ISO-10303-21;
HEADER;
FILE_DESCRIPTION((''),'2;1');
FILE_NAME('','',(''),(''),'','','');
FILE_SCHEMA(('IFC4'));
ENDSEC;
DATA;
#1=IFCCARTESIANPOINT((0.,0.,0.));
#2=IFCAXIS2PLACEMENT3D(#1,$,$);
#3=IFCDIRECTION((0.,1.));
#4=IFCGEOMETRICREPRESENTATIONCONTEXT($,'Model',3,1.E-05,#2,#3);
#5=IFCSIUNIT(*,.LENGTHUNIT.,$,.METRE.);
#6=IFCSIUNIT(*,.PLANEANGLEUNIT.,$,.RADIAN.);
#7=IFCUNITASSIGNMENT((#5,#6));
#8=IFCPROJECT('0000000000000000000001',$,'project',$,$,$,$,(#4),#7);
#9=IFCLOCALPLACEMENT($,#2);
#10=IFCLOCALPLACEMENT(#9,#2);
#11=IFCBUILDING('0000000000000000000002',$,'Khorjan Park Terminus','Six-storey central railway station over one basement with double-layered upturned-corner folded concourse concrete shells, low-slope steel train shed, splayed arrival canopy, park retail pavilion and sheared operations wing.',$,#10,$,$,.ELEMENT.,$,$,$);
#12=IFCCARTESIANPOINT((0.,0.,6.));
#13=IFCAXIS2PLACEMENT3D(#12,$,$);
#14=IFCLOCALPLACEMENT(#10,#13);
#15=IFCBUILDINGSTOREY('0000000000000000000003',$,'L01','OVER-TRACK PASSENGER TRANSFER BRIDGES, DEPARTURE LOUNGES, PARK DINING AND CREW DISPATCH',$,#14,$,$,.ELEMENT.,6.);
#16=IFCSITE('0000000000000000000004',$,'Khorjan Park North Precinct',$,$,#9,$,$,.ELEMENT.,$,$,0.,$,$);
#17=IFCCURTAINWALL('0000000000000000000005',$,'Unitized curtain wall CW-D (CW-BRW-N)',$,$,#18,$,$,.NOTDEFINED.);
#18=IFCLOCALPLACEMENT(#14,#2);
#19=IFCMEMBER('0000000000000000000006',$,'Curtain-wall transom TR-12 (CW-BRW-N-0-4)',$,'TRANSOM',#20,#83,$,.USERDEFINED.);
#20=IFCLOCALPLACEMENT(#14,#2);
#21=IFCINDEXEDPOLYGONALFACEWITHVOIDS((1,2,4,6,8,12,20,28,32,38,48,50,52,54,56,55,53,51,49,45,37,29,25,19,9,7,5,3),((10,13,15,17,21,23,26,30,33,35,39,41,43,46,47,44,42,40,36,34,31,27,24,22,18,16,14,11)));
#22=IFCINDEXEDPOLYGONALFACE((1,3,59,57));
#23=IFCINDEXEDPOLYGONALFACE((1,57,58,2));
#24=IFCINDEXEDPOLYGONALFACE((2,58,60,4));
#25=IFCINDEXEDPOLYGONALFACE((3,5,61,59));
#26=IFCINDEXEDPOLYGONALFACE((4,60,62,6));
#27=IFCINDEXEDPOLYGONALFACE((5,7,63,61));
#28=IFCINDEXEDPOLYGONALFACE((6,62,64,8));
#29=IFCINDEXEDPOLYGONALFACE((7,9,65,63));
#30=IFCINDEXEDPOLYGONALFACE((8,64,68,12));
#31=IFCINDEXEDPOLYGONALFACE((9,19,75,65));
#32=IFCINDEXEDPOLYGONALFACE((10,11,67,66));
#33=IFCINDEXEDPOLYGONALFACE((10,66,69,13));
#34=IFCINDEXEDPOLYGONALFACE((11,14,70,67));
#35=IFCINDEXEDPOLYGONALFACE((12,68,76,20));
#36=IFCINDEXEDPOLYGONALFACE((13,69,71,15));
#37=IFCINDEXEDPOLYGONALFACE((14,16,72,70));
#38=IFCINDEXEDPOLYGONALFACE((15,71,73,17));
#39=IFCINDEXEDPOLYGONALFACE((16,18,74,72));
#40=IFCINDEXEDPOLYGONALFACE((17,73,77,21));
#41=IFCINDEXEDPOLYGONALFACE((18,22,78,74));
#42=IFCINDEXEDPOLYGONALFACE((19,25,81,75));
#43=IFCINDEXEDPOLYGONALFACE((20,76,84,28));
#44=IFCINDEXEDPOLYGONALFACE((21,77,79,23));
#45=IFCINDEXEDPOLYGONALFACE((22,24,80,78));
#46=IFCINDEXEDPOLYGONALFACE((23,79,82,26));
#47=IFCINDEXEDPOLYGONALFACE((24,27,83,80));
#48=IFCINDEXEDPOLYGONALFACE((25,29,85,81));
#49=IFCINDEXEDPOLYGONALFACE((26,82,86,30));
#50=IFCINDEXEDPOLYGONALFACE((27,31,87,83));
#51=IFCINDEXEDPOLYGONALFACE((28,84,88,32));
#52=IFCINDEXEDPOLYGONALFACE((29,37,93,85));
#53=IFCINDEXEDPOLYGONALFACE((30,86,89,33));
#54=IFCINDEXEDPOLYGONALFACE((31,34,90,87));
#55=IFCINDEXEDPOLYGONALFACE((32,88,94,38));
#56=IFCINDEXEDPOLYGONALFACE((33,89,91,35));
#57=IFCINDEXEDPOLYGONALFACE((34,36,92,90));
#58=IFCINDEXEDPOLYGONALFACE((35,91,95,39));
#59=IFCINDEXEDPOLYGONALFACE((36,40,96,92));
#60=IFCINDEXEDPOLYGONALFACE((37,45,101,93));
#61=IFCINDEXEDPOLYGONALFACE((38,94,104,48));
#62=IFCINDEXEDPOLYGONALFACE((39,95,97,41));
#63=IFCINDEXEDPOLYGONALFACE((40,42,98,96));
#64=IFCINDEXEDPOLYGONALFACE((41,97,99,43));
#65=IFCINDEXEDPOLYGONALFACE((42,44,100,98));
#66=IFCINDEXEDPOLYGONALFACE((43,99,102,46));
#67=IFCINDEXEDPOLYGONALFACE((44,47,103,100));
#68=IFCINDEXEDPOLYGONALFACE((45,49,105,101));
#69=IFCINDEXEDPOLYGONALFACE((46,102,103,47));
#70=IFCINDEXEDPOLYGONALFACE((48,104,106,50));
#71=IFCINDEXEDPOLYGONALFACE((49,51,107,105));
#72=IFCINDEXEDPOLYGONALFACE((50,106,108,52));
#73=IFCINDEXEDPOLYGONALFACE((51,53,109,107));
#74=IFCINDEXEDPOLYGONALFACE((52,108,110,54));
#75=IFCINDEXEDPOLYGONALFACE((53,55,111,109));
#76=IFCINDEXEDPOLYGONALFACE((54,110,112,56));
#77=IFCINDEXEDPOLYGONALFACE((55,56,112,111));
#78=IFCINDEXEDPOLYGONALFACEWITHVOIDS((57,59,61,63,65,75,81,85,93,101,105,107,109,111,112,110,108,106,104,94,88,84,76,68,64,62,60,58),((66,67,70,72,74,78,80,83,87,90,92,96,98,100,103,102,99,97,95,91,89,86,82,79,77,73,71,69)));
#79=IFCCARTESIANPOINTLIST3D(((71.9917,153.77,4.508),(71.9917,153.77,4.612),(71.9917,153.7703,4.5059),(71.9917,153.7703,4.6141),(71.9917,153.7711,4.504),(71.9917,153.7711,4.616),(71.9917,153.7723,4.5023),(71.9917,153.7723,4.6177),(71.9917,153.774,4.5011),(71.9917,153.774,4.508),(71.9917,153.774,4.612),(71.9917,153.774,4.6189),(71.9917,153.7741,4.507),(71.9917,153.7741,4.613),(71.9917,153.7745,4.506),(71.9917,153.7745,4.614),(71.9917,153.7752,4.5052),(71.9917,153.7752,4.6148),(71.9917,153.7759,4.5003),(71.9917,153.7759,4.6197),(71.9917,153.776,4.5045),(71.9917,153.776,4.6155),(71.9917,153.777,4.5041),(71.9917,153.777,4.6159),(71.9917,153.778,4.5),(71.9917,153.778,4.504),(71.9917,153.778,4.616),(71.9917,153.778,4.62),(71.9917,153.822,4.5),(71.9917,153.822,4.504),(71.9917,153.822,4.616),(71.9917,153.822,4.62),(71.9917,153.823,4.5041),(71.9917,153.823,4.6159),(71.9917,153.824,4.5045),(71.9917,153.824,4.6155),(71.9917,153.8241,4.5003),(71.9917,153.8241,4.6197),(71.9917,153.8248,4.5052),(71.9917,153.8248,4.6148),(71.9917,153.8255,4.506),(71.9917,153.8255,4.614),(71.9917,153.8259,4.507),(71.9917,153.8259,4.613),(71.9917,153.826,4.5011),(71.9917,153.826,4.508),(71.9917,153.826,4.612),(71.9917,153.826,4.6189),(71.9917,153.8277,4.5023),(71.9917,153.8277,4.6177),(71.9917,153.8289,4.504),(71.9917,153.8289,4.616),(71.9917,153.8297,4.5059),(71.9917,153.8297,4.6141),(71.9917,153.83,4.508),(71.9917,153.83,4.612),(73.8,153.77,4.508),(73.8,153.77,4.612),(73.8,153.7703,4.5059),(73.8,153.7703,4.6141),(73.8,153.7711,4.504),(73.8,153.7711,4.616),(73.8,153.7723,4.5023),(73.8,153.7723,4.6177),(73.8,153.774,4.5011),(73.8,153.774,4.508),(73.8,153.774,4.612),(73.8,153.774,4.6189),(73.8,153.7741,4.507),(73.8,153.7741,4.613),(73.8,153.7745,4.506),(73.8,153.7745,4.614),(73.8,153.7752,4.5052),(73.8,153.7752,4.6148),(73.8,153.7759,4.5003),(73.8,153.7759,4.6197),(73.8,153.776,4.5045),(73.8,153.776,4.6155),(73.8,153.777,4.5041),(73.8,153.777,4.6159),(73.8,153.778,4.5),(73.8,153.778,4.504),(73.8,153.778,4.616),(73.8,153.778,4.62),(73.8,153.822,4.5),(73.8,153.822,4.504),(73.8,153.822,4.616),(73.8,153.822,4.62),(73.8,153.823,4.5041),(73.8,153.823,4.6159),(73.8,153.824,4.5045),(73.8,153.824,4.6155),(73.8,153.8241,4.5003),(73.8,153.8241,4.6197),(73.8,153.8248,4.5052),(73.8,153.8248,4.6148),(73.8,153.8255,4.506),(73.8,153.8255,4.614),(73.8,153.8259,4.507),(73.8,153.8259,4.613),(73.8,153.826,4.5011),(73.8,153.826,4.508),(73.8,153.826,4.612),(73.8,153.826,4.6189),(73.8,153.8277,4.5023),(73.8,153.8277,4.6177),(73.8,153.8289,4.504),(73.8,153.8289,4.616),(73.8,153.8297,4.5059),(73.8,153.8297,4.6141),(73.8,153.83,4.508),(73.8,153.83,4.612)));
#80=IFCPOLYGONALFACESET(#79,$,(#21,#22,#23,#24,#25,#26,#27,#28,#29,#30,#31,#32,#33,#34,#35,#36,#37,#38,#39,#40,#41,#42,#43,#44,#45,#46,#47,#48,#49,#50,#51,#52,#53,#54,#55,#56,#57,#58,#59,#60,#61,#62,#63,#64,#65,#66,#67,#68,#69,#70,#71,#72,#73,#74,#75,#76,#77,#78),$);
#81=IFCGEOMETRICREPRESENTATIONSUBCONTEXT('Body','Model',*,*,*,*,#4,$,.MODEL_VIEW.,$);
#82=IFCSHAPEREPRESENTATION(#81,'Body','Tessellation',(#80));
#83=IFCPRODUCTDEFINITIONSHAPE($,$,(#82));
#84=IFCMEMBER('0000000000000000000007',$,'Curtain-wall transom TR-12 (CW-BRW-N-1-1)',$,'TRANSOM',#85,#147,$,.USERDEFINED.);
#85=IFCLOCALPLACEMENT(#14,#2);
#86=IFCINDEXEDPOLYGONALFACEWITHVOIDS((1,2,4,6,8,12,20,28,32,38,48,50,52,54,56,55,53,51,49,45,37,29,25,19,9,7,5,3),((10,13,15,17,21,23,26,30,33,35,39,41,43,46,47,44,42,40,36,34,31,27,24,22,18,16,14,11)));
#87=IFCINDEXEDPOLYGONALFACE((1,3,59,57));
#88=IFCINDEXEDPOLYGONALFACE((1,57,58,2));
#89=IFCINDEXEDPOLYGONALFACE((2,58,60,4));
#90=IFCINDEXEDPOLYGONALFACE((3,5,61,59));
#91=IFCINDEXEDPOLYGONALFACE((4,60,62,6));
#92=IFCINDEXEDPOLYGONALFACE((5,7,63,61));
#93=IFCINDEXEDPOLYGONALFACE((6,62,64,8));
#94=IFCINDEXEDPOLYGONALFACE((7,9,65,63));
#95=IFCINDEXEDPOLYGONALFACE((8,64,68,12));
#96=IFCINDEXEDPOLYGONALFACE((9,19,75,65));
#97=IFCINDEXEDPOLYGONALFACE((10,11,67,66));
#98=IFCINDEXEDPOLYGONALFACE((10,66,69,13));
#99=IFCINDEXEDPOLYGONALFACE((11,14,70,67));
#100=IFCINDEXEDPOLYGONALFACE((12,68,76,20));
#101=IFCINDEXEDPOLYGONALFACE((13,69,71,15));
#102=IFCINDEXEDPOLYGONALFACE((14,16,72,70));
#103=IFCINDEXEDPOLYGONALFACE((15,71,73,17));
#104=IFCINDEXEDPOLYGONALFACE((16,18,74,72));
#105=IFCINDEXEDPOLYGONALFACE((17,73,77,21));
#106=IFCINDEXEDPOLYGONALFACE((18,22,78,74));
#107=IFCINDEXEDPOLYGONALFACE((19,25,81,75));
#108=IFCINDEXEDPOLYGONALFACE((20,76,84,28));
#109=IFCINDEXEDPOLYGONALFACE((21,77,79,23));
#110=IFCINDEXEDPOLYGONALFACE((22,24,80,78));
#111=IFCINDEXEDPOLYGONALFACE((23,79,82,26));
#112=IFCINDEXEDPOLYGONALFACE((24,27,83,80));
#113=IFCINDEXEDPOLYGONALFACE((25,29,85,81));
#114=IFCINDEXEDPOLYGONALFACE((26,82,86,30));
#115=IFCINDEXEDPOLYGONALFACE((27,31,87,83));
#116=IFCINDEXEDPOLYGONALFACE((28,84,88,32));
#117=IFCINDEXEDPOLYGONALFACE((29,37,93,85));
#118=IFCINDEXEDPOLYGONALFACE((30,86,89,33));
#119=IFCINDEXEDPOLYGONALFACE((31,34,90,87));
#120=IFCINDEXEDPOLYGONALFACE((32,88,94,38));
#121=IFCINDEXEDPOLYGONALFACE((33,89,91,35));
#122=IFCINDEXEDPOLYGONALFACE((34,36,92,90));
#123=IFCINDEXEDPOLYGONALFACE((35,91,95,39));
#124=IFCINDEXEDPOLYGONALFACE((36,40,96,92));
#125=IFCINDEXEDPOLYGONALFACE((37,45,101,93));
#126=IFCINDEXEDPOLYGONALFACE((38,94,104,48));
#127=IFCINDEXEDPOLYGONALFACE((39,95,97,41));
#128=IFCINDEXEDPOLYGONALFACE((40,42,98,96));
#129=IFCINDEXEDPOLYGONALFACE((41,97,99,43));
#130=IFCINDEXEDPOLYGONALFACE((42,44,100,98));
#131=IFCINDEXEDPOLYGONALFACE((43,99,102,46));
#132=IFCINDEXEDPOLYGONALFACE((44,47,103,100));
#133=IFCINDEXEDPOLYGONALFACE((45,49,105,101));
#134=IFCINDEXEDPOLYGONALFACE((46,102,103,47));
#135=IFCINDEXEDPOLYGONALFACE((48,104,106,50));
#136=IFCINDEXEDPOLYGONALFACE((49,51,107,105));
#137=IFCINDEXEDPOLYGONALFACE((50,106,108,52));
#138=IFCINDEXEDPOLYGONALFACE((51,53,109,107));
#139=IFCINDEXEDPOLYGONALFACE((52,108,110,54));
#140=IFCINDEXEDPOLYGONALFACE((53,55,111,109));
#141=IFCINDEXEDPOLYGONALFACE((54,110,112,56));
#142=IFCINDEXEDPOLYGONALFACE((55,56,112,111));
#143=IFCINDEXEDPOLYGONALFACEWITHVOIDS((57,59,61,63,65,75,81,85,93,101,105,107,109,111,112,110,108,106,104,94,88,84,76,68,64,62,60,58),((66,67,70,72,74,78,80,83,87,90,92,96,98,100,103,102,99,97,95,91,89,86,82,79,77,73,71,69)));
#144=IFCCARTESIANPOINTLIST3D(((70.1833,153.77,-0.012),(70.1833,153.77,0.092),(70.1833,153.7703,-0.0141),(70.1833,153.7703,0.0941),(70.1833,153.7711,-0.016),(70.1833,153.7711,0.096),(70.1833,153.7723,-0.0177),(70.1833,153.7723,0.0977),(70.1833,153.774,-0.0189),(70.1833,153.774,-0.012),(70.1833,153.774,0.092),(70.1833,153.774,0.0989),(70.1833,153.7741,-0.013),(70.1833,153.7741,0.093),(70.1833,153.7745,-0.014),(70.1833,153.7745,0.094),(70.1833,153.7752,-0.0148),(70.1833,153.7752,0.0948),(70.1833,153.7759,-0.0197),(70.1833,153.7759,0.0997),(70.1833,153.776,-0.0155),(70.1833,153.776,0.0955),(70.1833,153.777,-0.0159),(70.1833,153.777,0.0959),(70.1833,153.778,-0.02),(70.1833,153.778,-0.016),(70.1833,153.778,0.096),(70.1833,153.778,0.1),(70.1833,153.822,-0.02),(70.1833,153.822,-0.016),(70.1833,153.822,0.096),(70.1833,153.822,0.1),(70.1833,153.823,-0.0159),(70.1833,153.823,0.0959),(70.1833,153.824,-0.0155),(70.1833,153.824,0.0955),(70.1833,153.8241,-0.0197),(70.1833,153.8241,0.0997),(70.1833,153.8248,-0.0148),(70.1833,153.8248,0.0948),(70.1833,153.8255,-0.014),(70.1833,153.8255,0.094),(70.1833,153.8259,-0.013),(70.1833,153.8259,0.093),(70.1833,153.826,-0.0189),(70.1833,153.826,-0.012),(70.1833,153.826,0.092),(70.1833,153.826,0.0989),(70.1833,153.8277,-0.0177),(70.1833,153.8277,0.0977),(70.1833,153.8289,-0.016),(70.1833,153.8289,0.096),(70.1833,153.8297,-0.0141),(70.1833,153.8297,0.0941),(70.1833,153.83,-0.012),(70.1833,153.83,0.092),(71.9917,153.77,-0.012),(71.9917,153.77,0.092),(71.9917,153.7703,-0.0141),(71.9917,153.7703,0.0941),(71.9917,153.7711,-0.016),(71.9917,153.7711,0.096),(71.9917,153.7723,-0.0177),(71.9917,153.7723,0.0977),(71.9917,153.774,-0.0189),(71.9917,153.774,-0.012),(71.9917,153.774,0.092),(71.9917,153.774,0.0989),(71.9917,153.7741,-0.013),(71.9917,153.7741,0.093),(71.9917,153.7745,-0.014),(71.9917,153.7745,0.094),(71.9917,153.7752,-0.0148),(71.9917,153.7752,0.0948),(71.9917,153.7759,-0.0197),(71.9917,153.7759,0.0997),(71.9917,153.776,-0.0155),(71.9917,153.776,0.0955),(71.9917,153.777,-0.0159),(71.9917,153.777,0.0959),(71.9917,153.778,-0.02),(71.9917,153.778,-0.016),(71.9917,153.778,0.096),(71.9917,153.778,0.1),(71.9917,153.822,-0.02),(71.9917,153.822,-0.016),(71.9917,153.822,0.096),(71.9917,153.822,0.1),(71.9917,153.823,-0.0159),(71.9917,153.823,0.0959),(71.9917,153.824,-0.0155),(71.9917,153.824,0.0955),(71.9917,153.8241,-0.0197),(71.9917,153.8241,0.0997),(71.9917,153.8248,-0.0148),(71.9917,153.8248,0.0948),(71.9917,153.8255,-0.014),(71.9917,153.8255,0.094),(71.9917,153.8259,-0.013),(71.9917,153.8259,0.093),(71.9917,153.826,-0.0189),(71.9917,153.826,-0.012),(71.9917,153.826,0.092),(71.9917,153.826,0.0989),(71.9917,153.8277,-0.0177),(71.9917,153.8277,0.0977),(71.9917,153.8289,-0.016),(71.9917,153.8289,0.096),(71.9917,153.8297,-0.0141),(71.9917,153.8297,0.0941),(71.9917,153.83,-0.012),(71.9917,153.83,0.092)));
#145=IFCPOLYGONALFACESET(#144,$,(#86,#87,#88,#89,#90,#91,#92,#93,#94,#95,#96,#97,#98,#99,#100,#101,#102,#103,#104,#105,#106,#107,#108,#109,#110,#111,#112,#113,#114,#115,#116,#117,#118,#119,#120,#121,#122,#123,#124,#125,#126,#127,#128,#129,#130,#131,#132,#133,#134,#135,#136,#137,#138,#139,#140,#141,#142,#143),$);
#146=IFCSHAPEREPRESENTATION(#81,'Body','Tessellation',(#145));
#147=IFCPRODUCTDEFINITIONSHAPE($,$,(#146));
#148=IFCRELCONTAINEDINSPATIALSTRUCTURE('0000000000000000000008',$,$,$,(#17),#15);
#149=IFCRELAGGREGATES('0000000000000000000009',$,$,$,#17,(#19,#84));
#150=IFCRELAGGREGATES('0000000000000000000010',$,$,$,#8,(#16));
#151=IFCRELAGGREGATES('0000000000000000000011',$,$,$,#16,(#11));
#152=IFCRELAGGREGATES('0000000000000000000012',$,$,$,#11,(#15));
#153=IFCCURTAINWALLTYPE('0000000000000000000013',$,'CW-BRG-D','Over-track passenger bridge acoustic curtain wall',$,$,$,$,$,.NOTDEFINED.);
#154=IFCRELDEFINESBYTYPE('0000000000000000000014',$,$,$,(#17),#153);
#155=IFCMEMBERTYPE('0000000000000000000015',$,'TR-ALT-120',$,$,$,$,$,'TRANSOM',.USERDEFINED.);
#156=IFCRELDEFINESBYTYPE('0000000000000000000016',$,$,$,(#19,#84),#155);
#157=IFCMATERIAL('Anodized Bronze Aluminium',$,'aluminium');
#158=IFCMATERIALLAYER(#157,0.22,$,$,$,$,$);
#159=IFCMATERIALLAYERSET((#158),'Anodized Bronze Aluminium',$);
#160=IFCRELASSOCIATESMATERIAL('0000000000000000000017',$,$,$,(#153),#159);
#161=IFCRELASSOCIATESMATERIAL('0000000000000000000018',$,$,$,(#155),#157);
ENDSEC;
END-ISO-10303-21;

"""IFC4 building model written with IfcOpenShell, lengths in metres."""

from ifc_helpers import new_model, si_unit, direction, frame, origin, origin_2d, place, context, subcontext, project, spatial, hollow_rectangle, extrude, material, layer, layer_set, material_profile, profile_set, type_object, element, aggregate, save


model = new_model("IFC4")

# Units and contexts
model_context = context("Model", 3, precision=1e-05, world=origin(), true_north=direction((0.0, 1.0)))
body_context = subcontext(model_context, "Body", "Model", "MODEL_VIEW")
ifc_project = project(units=[si_unit("LENGTHUNIT", "METRE"), si_unit("PLANEANGLEUNIT", "RADIAN")], contexts=[model_context])

# Site, building, storey
site_placement = place(None, origin())
site = spatial("IfcSite", under=ifc_project, at=site_placement, Name="Khorjan Park North Precinct", CompositionType="ELEMENT", RefElevation=0.0)
building_placement = place(site_placement, origin())
building = spatial("IfcBuilding", under=site, at=building_placement, Name="Khorjan Park Terminus", Description="Six-storey central railway station over one basement with double-layered upturned-corner folded concourse concrete shells, low-slope steel train shed, splayed arrival canopy, park retail pavilion and sheared operations wing.", CompositionType="ELEMENT")
storey_placement = place(building_placement, frame((0.0, 0.0, 6.0)))
storey = spatial("IfcBuildingStorey", under=building, at=storey_placement, Name="L01", Description="OVER-TRACK PASSENGER TRANSFER BRIDGES, DEPARTURE LOUNGES, PARK DINING AND CREW DISPATCH", CompositionType="ELEMENT", Elevation=6.0)

# Curtain wall, members
ifc_material_1 = material(Name="Anodized Bronze Aluminium", Category="aluminium")
ifc_layer_1 = layer(ifc_material_1, 0.22)
ifc_layer_set_1 = layer_set([ifc_layer_1], Name="Anodized Bronze Aluminium")
curtain_wall_type = type_object("IfcCurtainWallType", Name="CW-BRG-D", Description="Over-track passenger bridge acoustic curtain wall", PredefinedType="NOTDEFINED", material=ifc_layer_set_1)
curtain_wall_placement = place(storey_placement, origin())
curtain_wall = element("IfcCurtainWall", 1, at=curtain_wall_placement, inside=storey, type_object=curtain_wall_type, Name="Unitized curtain wall CW-D (CW-BRW-N)", PredefinedType="NOTDEFINED")
ifc_material_profile_1 = material_profile(ifc_material_1, hollow_rectangle(XDim=0.06, YDim=0.12, WallThickness=0.004, InnerFilletRadius=0.004, OuterFilletRadius=0.008, at=origin_2d()), Name="ALT 60x120x4")
ifc_profile_set_1 = profile_set([ifc_material_profile_1], Name="Anodized Bronze Aluminium")
member_type_1 = type_object("IfcMemberType", Name="TR-ALT-120", ElementType="TRANSOM", PredefinedType="USERDEFINED", material=ifc_profile_set_1)
member_1_placement = place(storey_placement, frame((73.8, 153.8, 4.56), z_axis=(-1.0, 0.0, 0.0), x_axis=(0.0, -1.0, 0.0)))
member_1 = element("IfcMember", 2, at=member_1_placement, type_object=member_type_1, Name="Curtain-wall transom TR-12 (CW-BRW-N-0-4)", ObjectType="TRANSOM", PredefinedType="USERDEFINED", context=body_context, shape_type="SweptSolid", body=[
    extrude(hollow_rectangle(XDim=0.06, YDim=0.12, WallThickness=0.004, InnerFilletRadius=0.004, OuterFilletRadius=0.008, at=origin_2d()), origin(), (0.0, 0.0, 1.0), 1.8083),
])
member_2_placement = place(storey_placement, frame((71.9917, 153.8, 0.04), z_axis=(-1.0, 0.0, 0.0), x_axis=(0.0, -1.0, 0.0)))
member_2 = element("IfcMember", 3, at=member_2_placement, type_object=member_type_1, Name="Curtain-wall transom TR-12 (CW-BRW-N-1-1)", ObjectType="TRANSOM", PredefinedType="USERDEFINED", context=body_context, shape_type="SweptSolid", body=[
    extrude(hollow_rectangle(XDim=0.06, YDim=0.12, WallThickness=0.004, InnerFilletRadius=0.004, OuterFilletRadius=0.008, at=origin_2d()), origin(), (0.0, 0.0, 1.0), 1.8084),
])
aggregate(curtain_wall, [member_1, member_2])

save(model, "model.ifc")
